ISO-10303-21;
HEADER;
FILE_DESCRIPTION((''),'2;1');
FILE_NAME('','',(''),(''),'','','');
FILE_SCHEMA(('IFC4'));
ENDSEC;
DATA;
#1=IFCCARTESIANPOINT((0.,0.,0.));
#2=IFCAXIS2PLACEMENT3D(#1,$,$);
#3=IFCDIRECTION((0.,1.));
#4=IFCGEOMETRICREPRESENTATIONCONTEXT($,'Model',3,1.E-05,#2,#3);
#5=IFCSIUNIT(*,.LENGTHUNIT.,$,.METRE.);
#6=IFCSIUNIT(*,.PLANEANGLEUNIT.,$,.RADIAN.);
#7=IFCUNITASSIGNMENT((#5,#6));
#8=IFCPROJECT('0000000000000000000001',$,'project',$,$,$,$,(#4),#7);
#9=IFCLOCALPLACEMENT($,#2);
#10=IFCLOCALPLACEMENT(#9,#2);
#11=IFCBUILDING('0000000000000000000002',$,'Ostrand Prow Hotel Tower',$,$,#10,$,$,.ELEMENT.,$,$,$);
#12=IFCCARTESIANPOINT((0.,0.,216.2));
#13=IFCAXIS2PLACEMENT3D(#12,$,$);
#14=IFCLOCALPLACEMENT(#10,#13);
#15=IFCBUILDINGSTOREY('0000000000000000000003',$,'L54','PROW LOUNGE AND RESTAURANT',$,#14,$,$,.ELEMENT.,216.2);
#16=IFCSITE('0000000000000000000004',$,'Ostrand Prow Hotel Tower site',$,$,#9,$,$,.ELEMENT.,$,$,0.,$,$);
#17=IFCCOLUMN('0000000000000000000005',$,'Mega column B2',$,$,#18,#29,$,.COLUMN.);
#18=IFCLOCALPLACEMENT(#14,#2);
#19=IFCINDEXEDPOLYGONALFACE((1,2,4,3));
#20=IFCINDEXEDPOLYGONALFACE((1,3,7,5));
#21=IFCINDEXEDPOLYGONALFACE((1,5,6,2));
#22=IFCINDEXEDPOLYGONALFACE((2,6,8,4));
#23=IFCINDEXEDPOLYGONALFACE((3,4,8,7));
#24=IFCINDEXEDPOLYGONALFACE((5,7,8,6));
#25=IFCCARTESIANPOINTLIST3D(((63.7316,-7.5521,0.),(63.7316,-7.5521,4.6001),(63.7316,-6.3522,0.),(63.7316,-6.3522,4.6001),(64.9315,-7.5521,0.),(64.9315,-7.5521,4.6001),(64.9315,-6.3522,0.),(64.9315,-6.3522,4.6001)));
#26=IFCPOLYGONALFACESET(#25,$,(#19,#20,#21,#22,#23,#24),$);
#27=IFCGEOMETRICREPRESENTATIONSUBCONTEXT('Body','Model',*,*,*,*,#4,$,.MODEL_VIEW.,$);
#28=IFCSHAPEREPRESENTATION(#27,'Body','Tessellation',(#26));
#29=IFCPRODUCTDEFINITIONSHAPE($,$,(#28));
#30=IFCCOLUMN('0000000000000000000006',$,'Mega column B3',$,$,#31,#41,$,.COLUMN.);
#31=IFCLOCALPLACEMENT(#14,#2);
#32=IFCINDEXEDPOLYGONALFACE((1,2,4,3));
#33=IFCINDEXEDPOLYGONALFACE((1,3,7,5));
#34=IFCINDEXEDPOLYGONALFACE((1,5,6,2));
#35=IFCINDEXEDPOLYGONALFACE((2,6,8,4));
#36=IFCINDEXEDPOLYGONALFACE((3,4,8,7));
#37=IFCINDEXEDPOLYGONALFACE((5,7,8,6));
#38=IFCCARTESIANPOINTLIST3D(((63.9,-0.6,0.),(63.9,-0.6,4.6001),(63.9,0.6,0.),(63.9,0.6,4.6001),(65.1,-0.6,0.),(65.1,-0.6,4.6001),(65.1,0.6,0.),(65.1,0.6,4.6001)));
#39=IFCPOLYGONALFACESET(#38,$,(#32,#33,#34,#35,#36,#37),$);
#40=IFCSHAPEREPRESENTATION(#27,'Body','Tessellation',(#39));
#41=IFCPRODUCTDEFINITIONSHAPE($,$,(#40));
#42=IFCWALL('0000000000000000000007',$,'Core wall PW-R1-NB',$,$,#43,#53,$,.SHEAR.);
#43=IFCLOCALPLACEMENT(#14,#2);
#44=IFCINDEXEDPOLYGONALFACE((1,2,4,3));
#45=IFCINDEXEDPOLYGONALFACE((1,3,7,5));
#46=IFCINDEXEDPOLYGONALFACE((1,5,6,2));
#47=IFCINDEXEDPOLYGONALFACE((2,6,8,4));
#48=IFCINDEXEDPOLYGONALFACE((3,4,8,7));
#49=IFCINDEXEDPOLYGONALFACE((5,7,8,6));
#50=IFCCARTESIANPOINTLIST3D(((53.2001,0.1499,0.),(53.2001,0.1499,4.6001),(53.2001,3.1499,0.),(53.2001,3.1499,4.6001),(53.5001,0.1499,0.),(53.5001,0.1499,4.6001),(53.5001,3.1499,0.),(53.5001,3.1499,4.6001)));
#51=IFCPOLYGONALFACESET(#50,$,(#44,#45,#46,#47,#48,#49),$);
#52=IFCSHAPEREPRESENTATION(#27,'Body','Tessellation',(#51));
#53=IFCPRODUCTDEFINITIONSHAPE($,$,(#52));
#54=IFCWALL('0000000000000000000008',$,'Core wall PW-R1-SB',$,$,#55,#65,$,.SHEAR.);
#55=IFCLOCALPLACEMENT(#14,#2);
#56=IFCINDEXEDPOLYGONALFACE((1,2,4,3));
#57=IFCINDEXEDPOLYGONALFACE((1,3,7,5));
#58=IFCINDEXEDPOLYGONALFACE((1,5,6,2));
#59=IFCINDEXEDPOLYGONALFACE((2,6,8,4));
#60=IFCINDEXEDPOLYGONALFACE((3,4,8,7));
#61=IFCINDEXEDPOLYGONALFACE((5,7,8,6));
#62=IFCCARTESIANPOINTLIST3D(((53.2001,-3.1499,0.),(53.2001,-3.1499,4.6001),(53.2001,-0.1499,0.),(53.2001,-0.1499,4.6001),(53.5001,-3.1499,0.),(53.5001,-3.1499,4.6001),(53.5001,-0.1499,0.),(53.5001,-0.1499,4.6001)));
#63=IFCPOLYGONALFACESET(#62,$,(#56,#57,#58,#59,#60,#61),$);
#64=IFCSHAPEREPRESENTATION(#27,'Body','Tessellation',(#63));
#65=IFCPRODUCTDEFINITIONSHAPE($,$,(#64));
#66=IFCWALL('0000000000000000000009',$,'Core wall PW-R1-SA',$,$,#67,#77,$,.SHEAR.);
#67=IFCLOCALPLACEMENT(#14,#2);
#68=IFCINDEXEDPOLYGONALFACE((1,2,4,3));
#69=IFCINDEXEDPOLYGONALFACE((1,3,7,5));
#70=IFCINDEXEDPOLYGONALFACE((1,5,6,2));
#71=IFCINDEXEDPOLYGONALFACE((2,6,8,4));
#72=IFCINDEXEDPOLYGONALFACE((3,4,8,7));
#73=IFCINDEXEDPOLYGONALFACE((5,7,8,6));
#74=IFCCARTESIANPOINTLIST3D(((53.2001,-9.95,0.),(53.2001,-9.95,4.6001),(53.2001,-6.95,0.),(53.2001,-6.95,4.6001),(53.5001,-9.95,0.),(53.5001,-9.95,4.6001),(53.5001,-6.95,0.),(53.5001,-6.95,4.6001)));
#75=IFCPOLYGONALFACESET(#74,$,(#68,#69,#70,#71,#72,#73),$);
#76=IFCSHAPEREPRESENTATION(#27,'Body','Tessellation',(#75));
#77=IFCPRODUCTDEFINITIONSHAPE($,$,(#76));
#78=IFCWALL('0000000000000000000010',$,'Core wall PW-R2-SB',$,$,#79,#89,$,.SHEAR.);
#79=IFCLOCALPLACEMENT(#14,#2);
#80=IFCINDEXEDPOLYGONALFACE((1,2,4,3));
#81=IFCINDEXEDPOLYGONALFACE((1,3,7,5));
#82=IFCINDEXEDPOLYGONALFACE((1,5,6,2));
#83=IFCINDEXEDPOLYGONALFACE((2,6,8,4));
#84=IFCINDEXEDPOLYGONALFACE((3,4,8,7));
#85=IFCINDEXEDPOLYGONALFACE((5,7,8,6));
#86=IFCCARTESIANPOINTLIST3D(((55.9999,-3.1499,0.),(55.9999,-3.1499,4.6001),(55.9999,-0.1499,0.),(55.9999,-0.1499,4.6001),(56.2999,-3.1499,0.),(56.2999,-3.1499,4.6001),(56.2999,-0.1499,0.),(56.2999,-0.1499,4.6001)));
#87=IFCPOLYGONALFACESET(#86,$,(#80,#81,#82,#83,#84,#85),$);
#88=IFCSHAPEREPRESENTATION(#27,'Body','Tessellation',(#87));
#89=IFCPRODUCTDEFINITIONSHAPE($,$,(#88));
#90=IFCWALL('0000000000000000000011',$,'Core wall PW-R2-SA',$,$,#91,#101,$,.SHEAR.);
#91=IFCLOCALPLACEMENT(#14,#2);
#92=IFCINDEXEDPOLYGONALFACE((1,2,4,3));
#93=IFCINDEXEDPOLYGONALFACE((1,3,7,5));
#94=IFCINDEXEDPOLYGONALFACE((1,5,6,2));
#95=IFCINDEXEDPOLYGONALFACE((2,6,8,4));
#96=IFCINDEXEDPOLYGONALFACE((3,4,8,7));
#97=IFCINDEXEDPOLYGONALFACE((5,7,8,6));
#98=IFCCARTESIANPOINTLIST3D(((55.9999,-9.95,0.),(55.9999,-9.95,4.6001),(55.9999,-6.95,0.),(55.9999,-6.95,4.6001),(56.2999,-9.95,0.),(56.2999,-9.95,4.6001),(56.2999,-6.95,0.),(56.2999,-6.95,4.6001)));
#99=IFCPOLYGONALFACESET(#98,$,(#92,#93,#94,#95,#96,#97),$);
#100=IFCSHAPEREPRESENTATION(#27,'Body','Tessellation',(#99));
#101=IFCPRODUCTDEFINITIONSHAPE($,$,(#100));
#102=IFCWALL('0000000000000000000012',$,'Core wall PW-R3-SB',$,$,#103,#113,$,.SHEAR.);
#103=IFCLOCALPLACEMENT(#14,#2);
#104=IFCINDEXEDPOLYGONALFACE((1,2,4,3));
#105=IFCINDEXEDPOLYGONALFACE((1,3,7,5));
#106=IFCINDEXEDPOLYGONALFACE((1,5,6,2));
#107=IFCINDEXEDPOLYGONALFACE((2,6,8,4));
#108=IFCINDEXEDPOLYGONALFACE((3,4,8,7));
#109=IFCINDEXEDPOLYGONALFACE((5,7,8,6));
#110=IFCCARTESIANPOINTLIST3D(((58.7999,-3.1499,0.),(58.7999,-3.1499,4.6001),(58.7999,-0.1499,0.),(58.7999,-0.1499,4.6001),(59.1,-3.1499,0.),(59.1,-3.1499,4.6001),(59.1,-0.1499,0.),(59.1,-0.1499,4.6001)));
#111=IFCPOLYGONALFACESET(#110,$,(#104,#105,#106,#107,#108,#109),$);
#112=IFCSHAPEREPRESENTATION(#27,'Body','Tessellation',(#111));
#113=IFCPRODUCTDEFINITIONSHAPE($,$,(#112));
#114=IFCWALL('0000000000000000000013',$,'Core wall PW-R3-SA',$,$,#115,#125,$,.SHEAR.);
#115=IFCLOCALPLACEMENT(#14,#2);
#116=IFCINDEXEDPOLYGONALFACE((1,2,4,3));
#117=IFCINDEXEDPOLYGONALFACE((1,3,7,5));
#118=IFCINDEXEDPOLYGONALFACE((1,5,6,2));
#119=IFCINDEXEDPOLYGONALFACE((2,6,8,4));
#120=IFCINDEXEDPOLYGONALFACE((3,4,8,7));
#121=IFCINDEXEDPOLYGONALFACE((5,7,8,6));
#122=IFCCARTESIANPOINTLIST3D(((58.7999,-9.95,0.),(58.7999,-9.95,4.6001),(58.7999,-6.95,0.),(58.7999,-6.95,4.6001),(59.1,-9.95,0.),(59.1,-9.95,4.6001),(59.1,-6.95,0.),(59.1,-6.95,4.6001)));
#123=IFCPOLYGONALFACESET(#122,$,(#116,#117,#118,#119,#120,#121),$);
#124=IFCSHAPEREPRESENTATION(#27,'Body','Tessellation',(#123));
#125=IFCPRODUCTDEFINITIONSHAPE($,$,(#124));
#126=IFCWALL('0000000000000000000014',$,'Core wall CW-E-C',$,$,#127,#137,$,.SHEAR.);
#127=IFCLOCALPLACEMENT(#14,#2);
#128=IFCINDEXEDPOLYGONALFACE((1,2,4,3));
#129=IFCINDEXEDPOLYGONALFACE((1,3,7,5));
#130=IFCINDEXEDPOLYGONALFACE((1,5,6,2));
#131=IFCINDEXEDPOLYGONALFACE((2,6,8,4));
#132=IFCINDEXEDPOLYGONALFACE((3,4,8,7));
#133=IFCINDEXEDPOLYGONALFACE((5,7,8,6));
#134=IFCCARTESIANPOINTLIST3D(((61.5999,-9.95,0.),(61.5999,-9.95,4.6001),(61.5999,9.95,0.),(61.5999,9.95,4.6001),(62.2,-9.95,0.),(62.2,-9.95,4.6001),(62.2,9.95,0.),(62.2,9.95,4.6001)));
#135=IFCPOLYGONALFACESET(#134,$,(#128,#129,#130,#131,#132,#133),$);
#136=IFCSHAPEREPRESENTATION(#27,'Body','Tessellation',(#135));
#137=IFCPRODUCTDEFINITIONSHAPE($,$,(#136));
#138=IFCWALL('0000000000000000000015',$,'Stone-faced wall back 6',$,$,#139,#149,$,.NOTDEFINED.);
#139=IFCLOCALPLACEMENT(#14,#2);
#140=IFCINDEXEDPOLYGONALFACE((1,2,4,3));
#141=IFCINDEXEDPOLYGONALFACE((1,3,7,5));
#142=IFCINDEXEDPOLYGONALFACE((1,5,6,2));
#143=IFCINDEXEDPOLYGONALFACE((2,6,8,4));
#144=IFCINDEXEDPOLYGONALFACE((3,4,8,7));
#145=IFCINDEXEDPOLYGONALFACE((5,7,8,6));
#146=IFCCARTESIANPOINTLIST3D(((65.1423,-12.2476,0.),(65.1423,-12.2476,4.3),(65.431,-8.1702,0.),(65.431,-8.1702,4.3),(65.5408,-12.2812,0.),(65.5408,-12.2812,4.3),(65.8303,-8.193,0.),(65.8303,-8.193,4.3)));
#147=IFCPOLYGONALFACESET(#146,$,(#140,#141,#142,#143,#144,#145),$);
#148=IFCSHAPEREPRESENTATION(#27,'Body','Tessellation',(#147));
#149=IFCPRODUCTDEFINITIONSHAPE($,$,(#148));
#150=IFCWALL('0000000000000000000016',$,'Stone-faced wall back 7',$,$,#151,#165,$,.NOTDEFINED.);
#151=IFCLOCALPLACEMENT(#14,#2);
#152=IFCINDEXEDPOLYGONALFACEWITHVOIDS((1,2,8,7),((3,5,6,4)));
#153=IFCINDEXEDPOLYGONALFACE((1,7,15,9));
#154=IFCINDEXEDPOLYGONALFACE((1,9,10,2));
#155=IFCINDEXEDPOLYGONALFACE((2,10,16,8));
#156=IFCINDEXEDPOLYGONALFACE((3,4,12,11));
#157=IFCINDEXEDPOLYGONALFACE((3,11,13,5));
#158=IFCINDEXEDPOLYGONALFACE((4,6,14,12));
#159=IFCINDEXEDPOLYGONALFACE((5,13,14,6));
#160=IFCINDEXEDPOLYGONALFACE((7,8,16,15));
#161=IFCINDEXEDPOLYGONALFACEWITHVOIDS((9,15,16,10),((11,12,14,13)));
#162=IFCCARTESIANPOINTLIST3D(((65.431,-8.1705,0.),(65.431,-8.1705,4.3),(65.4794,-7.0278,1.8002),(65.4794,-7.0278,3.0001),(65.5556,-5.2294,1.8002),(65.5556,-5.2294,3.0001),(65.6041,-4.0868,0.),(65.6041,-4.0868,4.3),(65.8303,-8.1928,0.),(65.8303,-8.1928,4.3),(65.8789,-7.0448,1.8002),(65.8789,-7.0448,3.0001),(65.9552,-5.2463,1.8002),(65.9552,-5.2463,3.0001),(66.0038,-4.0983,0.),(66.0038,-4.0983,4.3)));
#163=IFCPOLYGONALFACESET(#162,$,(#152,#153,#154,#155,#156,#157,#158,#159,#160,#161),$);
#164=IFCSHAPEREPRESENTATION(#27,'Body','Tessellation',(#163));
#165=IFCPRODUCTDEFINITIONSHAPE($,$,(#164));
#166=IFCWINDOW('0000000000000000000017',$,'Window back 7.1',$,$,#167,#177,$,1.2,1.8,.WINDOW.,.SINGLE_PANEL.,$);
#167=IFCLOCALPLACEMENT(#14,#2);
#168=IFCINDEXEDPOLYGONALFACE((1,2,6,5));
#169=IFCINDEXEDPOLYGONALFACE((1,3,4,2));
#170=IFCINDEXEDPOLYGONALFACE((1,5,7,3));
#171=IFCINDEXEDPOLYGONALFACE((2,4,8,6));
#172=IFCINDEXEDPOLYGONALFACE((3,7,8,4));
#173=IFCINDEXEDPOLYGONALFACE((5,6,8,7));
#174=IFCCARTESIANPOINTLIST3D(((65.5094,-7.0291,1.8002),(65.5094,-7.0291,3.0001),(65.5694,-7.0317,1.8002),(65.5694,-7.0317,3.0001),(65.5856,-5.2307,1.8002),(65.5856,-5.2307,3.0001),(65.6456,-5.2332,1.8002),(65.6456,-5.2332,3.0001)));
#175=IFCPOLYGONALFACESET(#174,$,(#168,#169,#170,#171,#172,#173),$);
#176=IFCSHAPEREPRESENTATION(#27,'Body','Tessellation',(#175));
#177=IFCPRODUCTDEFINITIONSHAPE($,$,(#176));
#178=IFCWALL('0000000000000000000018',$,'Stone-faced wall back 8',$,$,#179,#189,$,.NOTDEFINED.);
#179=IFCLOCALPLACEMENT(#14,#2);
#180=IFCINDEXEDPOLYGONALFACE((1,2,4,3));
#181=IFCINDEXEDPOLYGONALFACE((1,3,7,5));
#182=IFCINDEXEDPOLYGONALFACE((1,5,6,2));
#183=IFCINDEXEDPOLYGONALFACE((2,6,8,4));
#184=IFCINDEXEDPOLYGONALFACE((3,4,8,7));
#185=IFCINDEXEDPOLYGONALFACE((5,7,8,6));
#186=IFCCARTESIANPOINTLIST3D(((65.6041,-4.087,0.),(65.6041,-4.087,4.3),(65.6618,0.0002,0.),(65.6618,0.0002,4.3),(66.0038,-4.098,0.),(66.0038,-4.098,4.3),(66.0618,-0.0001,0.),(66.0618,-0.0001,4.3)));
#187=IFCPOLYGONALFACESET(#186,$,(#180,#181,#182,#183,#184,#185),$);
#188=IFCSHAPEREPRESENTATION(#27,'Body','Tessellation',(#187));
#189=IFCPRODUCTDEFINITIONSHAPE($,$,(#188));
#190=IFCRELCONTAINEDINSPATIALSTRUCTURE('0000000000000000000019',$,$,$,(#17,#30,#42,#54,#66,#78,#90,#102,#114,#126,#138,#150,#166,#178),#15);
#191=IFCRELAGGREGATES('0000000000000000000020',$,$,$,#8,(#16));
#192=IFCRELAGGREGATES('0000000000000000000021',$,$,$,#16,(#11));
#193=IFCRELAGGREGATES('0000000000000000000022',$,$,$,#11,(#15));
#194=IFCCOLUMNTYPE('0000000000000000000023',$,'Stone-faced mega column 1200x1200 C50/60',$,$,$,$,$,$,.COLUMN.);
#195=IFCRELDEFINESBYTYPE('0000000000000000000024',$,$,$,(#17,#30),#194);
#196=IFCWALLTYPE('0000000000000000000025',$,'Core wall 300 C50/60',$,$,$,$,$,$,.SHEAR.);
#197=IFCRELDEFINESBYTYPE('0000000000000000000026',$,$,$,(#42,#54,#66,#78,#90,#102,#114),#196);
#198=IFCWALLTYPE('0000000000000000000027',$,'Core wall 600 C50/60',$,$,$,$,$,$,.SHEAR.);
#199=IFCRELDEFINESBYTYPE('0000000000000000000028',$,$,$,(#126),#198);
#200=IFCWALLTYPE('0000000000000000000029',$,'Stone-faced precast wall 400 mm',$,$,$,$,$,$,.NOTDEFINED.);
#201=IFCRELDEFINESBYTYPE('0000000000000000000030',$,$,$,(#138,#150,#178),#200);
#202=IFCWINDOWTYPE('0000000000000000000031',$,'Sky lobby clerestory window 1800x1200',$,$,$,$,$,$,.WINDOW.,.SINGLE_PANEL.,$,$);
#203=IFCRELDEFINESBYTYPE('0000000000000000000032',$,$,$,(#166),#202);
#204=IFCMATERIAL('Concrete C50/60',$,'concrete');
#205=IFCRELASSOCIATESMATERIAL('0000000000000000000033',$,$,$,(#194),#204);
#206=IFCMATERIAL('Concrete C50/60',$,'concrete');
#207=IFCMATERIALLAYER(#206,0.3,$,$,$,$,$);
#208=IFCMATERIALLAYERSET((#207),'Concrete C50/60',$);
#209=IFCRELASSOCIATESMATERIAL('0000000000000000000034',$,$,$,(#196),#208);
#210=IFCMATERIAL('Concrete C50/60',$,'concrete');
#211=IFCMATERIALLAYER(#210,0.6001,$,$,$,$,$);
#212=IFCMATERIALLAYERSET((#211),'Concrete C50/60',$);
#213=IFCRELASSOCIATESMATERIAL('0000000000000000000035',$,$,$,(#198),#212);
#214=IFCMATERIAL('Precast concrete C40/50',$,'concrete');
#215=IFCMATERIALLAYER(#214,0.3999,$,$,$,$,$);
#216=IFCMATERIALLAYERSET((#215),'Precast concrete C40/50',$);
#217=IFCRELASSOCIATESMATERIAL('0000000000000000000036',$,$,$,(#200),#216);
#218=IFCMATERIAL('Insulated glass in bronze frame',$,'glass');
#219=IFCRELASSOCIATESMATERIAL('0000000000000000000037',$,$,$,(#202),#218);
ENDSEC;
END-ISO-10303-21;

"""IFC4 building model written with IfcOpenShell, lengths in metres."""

from ifc_helpers import new_model, si_unit, direction, frame, frame_2d, origin, origin_2d, place, context, subcontext, project, spatial, polyline, rectangle, outline, extrude, material, layer, layer_set, material_profile, profile_set, type_object, element, fill, save


model = new_model("IFC4")

# Units and contexts
model_context = context("Model", 3, precision=1e-05, world=origin(), true_north=direction((0.0, 1.0)))
body_context = subcontext(model_context, "Body", "Model", "MODEL_VIEW")
ifc_project = project(units=[si_unit("LENGTHUNIT", "METRE"), si_unit("PLANEANGLEUNIT", "RADIAN")], contexts=[model_context])

# Site, building, storey
site_placement = place(None, origin())
site = spatial("IfcSite", under=ifc_project, at=site_placement, Name="Ostrand Prow Hotel Tower site", CompositionType="ELEMENT", RefElevation=0.0)
building_placement = place(site_placement, origin())
building = spatial("IfcBuilding", under=site, at=building_placement, Name="Ostrand Prow Hotel Tower", CompositionType="ELEMENT")
storey_placement = place(building_placement, frame((0.0, 0.0, 216.2)))
storey = spatial("IfcBuildingStorey", under=building, at=storey_placement, Name="L54", Description="PROW LOUNGE AND RESTAURANT", CompositionType="ELEMENT", Elevation=216.2)

# Columns
ifc_material_1 = material(Name="Concrete C50/60", Category="concrete")
ifc_material_profile = material_profile(ifc_material_1, rectangle(XDim=1.2, YDim=1.2, at=origin_2d()), Name="RC 1200x1200")
ifc_profile_set = profile_set([ifc_material_profile], Name="Concrete C50/60")
column_type = type_object("IfcColumnType", Name="Stone-faced mega column 1200x1200 C50/60", PredefinedType="COLUMN", material=ifc_profile_set)
for number, where, z_axis, x_axis, name in (
    (1, (64.3315, -6.9521, 0.0), (0.0, 0.0, 1.0), (1.0, 0.0, 0.0), "Mega column B2"),
    (2, (64.5, 0.0, 0.0), (0.0, 0.0, 1.0), (1.0, 0.0, 0.0), "Mega column B3"),
):
    element("IfcColumn", number, at=place(storey_placement, frame(where, z_axis=z_axis, x_axis=x_axis)), inside=storey, type_object=column_type, Name=name, PredefinedType="COLUMN", context=body_context, shape_type="SweptSolid", body=[
        extrude(rectangle(XDim=1.2, YDim=1.2, at=origin_2d()), origin(), (0.0, 0.0, 1.0), 4.6001),
    ])

# Walls
ifc_material_2 = material(Name="Concrete C50/60", Category="concrete")
ifc_layer_1 = layer(ifc_material_2, 0.3)
ifc_layer_set_1 = layer_set([ifc_layer_1], Name="Concrete C50/60")
wall_type_1 = type_object("IfcWallType", Name="Core wall 300 C50/60", PredefinedType="SHEAR", material=ifc_layer_set_1)
for number, where, z_axis, x_axis, name in (
    (3, (53.3501, 0.1499, 0.0), (0.0, 0.0, 1.0), (0.0, 1.0, 0.0), "Core wall PW-R1-NB"),
    (4, (53.3501, -3.1499, 0.0), (0.0, 0.0, 1.0), (0.0, 1.0, 0.0), "Core wall PW-R1-SB"),
    (5, (53.3501, -9.95, 0.0), (0.0, 0.0, 1.0), (0.0, 1.0, 0.0), "Core wall PW-R1-SA"),
    (6, (56.1499, -3.1499, 0.0), (0.0, 0.0, 1.0), (0.0, 1.0, 0.0), "Core wall PW-R2-SB"),
    (7, (56.1499, -9.95, 0.0), (0.0, 0.0, 1.0), (0.0, 1.0, 0.0), "Core wall PW-R2-SA"),
    (8, (58.95, -3.1499, 0.0), (0.0, 0.0, 1.0), (0.0, 1.0, 0.0), "Core wall PW-R3-SB"),
    (9, (58.95, -9.95, 0.0), (0.0, 0.0, 1.0), (0.0, 1.0, 0.0), "Core wall PW-R3-SA"),
):
    element("IfcWall", number, at=place(storey_placement, frame(where, z_axis=z_axis, x_axis=x_axis)), inside=storey, type_object=wall_type_1, Name=name, PredefinedType="SHEAR", context=body_context, shape_type="SweptSolid", body=[
        extrude(rectangle(XDim=3.0, YDim=0.3, at=frame_2d((1.5, 0.0))), origin(), (0.0, 0.0, 1.0), 4.6001),
    ])
ifc_material_3 = material(Name="Concrete C50/60", Category="concrete")
ifc_layer_2 = layer(ifc_material_3, 0.6001)
ifc_layer_set_2 = layer_set([ifc_layer_2], Name="Concrete C50/60")
wall_type_2 = type_object("IfcWallType", Name="Core wall 600 C50/60", PredefinedType="SHEAR", material=ifc_layer_set_2)
wall_1_placement = place(storey_placement, frame((61.8999, -9.95, 0.0), z_axis=(0.0, 0.0, 1.0), x_axis=(0.0, 1.0, 0.0)))
element("IfcWall", 10, at=wall_1_placement, inside=storey, type_object=wall_type_2, Name="Core wall CW-E-C", PredefinedType="SHEAR", context=body_context, shape_type="SweptSolid", body=[
    extrude(rectangle(XDim=19.8999, YDim=0.6001, at=frame_2d((9.95, 0.0))), origin(), (0.0, 0.0, 1.0), 4.6001),
])
ifc_material_4 = material(Name="Precast concrete C40/50", Category="concrete")
ifc_layer_3 = layer(ifc_material_4, 0.3999)
ifc_layer_set_3 = layer_set([ifc_layer_3], Name="Precast concrete C40/50")
wall_type_3 = type_object("IfcWallType", Name="Stone-faced precast wall 400 mm", PredefinedType="NOTDEFINED", material=ifc_layer_set_3)
wall_2_placement = place(storey_placement, frame((65.3416, -12.2644, 0.0), z_axis=(0.0, 0.0, 1.0), x_axis=(0.070624, 0.997503, 0.0)))
element("IfcWall", 11, at=wall_2_placement, inside=storey, type_object=wall_type_3, Name="Stone-faced wall back 6", PredefinedType="NOTDEFINED", context=body_context, shape_type="SweptSolid", body=[
    extrude(outline(polyline([(-0.0027, -0.2), (4.0957, -0.2), (4.0903, 0.2), (0.0027, 0.2), (-0.0027, -0.2)])), origin(), (0.0, 0.0, 1.0), 4.3),
])

# Wall, opening, window
wall_3_placement = place(storey_placement, frame((65.6306, -8.1816, 0.0), z_axis=(0.0, 0.0, 1.0), x_axis=(0.042353, 0.999103, 0.0)))
wall_3 = element("IfcWall", 12, at=wall_3_placement, inside=storey, type_object=wall_type_3, Name="Stone-faced wall back 7", PredefinedType="NOTDEFINED", context=body_context, shape_type="SweptSolid", body=[
    extrude(outline(polyline([(-0.0027, -0.2), (4.0955, -0.2), (4.0901, 0.2), (0.0027, 0.2), (-0.0027, -0.2)])), origin(), (0.0, 0.0, 1.0), 4.3),
])
opening_1_placement = place(wall_3_placement, frame((1.1465, 0.0, 1.8)))
opening_1 = element("IfcOpeningElement", 13, at=opening_1_placement, cuts=wall_3, PredefinedType="OPENING", context=body_context, shape_type="SweptSolid", body=[
    extrude(rectangle(XDim=1.8, YDim=1.2, at=frame_2d((0.8999, 0.6001))), frame((0.0, 0.21, 0.0), z_axis=(0.0, -1.0, 0.0), x_axis=(1.0, 0.0, 0.0)), (0.0, 0.0, 1.0), 0.4199),
])
ifc_material_5 = material(Name="Insulated glass in bronze frame", Category="glass")
window_type = type_object("IfcWindowType", Name="Sky lobby clerestory window 1800x1200", PartitioningType="SINGLE_PANEL", PredefinedType="WINDOW", material=ifc_material_5)
window_1_placement = place(opening_1_placement, origin())
window_1 = element("IfcWindow", 14, at=window_1_placement, inside=storey, type_object=window_type, Name="Window back 7.1", OverallHeight=1.2, OverallWidth=1.8, PartitioningType="SINGLE_PANEL", PredefinedType="WINDOW", context=body_context, shape_type="SweptSolid", body=[
    extrude(rectangle(XDim=1.8, YDim=1.2, at=frame_2d((0.8999, 0.6001))), frame((0.0, 0.1699, 0.0), z_axis=(0.0, -1.0, 0.0), x_axis=(1.0, 0.0, 0.0)), (0.0, 0.0, 1.0), 0.0601),
])
fill(opening_1, window_1)

# Wall
wall_4_placement = place(storey_placement, frame((65.804, -4.0925, 0.0), z_axis=(0.0, 0.0, 1.0), x_axis=(0.014137, 0.9999, 0.0)))
element("IfcWall", 15, at=wall_4_placement, inside=storey, type_object=wall_type_3, Name="Stone-faced wall back 8", PredefinedType="NOTDEFINED", context=body_context, shape_type="SweptSolid", body=[
    extrude(outline(polyline([(-0.0027, -0.2), (4.0957, -0.2), (4.0903, 0.2), (0.0027, 0.2), (-0.0027, -0.2)])), origin(), (0.0, 0.0, 1.0), 4.3),
])

save(model, "model.ifc")
